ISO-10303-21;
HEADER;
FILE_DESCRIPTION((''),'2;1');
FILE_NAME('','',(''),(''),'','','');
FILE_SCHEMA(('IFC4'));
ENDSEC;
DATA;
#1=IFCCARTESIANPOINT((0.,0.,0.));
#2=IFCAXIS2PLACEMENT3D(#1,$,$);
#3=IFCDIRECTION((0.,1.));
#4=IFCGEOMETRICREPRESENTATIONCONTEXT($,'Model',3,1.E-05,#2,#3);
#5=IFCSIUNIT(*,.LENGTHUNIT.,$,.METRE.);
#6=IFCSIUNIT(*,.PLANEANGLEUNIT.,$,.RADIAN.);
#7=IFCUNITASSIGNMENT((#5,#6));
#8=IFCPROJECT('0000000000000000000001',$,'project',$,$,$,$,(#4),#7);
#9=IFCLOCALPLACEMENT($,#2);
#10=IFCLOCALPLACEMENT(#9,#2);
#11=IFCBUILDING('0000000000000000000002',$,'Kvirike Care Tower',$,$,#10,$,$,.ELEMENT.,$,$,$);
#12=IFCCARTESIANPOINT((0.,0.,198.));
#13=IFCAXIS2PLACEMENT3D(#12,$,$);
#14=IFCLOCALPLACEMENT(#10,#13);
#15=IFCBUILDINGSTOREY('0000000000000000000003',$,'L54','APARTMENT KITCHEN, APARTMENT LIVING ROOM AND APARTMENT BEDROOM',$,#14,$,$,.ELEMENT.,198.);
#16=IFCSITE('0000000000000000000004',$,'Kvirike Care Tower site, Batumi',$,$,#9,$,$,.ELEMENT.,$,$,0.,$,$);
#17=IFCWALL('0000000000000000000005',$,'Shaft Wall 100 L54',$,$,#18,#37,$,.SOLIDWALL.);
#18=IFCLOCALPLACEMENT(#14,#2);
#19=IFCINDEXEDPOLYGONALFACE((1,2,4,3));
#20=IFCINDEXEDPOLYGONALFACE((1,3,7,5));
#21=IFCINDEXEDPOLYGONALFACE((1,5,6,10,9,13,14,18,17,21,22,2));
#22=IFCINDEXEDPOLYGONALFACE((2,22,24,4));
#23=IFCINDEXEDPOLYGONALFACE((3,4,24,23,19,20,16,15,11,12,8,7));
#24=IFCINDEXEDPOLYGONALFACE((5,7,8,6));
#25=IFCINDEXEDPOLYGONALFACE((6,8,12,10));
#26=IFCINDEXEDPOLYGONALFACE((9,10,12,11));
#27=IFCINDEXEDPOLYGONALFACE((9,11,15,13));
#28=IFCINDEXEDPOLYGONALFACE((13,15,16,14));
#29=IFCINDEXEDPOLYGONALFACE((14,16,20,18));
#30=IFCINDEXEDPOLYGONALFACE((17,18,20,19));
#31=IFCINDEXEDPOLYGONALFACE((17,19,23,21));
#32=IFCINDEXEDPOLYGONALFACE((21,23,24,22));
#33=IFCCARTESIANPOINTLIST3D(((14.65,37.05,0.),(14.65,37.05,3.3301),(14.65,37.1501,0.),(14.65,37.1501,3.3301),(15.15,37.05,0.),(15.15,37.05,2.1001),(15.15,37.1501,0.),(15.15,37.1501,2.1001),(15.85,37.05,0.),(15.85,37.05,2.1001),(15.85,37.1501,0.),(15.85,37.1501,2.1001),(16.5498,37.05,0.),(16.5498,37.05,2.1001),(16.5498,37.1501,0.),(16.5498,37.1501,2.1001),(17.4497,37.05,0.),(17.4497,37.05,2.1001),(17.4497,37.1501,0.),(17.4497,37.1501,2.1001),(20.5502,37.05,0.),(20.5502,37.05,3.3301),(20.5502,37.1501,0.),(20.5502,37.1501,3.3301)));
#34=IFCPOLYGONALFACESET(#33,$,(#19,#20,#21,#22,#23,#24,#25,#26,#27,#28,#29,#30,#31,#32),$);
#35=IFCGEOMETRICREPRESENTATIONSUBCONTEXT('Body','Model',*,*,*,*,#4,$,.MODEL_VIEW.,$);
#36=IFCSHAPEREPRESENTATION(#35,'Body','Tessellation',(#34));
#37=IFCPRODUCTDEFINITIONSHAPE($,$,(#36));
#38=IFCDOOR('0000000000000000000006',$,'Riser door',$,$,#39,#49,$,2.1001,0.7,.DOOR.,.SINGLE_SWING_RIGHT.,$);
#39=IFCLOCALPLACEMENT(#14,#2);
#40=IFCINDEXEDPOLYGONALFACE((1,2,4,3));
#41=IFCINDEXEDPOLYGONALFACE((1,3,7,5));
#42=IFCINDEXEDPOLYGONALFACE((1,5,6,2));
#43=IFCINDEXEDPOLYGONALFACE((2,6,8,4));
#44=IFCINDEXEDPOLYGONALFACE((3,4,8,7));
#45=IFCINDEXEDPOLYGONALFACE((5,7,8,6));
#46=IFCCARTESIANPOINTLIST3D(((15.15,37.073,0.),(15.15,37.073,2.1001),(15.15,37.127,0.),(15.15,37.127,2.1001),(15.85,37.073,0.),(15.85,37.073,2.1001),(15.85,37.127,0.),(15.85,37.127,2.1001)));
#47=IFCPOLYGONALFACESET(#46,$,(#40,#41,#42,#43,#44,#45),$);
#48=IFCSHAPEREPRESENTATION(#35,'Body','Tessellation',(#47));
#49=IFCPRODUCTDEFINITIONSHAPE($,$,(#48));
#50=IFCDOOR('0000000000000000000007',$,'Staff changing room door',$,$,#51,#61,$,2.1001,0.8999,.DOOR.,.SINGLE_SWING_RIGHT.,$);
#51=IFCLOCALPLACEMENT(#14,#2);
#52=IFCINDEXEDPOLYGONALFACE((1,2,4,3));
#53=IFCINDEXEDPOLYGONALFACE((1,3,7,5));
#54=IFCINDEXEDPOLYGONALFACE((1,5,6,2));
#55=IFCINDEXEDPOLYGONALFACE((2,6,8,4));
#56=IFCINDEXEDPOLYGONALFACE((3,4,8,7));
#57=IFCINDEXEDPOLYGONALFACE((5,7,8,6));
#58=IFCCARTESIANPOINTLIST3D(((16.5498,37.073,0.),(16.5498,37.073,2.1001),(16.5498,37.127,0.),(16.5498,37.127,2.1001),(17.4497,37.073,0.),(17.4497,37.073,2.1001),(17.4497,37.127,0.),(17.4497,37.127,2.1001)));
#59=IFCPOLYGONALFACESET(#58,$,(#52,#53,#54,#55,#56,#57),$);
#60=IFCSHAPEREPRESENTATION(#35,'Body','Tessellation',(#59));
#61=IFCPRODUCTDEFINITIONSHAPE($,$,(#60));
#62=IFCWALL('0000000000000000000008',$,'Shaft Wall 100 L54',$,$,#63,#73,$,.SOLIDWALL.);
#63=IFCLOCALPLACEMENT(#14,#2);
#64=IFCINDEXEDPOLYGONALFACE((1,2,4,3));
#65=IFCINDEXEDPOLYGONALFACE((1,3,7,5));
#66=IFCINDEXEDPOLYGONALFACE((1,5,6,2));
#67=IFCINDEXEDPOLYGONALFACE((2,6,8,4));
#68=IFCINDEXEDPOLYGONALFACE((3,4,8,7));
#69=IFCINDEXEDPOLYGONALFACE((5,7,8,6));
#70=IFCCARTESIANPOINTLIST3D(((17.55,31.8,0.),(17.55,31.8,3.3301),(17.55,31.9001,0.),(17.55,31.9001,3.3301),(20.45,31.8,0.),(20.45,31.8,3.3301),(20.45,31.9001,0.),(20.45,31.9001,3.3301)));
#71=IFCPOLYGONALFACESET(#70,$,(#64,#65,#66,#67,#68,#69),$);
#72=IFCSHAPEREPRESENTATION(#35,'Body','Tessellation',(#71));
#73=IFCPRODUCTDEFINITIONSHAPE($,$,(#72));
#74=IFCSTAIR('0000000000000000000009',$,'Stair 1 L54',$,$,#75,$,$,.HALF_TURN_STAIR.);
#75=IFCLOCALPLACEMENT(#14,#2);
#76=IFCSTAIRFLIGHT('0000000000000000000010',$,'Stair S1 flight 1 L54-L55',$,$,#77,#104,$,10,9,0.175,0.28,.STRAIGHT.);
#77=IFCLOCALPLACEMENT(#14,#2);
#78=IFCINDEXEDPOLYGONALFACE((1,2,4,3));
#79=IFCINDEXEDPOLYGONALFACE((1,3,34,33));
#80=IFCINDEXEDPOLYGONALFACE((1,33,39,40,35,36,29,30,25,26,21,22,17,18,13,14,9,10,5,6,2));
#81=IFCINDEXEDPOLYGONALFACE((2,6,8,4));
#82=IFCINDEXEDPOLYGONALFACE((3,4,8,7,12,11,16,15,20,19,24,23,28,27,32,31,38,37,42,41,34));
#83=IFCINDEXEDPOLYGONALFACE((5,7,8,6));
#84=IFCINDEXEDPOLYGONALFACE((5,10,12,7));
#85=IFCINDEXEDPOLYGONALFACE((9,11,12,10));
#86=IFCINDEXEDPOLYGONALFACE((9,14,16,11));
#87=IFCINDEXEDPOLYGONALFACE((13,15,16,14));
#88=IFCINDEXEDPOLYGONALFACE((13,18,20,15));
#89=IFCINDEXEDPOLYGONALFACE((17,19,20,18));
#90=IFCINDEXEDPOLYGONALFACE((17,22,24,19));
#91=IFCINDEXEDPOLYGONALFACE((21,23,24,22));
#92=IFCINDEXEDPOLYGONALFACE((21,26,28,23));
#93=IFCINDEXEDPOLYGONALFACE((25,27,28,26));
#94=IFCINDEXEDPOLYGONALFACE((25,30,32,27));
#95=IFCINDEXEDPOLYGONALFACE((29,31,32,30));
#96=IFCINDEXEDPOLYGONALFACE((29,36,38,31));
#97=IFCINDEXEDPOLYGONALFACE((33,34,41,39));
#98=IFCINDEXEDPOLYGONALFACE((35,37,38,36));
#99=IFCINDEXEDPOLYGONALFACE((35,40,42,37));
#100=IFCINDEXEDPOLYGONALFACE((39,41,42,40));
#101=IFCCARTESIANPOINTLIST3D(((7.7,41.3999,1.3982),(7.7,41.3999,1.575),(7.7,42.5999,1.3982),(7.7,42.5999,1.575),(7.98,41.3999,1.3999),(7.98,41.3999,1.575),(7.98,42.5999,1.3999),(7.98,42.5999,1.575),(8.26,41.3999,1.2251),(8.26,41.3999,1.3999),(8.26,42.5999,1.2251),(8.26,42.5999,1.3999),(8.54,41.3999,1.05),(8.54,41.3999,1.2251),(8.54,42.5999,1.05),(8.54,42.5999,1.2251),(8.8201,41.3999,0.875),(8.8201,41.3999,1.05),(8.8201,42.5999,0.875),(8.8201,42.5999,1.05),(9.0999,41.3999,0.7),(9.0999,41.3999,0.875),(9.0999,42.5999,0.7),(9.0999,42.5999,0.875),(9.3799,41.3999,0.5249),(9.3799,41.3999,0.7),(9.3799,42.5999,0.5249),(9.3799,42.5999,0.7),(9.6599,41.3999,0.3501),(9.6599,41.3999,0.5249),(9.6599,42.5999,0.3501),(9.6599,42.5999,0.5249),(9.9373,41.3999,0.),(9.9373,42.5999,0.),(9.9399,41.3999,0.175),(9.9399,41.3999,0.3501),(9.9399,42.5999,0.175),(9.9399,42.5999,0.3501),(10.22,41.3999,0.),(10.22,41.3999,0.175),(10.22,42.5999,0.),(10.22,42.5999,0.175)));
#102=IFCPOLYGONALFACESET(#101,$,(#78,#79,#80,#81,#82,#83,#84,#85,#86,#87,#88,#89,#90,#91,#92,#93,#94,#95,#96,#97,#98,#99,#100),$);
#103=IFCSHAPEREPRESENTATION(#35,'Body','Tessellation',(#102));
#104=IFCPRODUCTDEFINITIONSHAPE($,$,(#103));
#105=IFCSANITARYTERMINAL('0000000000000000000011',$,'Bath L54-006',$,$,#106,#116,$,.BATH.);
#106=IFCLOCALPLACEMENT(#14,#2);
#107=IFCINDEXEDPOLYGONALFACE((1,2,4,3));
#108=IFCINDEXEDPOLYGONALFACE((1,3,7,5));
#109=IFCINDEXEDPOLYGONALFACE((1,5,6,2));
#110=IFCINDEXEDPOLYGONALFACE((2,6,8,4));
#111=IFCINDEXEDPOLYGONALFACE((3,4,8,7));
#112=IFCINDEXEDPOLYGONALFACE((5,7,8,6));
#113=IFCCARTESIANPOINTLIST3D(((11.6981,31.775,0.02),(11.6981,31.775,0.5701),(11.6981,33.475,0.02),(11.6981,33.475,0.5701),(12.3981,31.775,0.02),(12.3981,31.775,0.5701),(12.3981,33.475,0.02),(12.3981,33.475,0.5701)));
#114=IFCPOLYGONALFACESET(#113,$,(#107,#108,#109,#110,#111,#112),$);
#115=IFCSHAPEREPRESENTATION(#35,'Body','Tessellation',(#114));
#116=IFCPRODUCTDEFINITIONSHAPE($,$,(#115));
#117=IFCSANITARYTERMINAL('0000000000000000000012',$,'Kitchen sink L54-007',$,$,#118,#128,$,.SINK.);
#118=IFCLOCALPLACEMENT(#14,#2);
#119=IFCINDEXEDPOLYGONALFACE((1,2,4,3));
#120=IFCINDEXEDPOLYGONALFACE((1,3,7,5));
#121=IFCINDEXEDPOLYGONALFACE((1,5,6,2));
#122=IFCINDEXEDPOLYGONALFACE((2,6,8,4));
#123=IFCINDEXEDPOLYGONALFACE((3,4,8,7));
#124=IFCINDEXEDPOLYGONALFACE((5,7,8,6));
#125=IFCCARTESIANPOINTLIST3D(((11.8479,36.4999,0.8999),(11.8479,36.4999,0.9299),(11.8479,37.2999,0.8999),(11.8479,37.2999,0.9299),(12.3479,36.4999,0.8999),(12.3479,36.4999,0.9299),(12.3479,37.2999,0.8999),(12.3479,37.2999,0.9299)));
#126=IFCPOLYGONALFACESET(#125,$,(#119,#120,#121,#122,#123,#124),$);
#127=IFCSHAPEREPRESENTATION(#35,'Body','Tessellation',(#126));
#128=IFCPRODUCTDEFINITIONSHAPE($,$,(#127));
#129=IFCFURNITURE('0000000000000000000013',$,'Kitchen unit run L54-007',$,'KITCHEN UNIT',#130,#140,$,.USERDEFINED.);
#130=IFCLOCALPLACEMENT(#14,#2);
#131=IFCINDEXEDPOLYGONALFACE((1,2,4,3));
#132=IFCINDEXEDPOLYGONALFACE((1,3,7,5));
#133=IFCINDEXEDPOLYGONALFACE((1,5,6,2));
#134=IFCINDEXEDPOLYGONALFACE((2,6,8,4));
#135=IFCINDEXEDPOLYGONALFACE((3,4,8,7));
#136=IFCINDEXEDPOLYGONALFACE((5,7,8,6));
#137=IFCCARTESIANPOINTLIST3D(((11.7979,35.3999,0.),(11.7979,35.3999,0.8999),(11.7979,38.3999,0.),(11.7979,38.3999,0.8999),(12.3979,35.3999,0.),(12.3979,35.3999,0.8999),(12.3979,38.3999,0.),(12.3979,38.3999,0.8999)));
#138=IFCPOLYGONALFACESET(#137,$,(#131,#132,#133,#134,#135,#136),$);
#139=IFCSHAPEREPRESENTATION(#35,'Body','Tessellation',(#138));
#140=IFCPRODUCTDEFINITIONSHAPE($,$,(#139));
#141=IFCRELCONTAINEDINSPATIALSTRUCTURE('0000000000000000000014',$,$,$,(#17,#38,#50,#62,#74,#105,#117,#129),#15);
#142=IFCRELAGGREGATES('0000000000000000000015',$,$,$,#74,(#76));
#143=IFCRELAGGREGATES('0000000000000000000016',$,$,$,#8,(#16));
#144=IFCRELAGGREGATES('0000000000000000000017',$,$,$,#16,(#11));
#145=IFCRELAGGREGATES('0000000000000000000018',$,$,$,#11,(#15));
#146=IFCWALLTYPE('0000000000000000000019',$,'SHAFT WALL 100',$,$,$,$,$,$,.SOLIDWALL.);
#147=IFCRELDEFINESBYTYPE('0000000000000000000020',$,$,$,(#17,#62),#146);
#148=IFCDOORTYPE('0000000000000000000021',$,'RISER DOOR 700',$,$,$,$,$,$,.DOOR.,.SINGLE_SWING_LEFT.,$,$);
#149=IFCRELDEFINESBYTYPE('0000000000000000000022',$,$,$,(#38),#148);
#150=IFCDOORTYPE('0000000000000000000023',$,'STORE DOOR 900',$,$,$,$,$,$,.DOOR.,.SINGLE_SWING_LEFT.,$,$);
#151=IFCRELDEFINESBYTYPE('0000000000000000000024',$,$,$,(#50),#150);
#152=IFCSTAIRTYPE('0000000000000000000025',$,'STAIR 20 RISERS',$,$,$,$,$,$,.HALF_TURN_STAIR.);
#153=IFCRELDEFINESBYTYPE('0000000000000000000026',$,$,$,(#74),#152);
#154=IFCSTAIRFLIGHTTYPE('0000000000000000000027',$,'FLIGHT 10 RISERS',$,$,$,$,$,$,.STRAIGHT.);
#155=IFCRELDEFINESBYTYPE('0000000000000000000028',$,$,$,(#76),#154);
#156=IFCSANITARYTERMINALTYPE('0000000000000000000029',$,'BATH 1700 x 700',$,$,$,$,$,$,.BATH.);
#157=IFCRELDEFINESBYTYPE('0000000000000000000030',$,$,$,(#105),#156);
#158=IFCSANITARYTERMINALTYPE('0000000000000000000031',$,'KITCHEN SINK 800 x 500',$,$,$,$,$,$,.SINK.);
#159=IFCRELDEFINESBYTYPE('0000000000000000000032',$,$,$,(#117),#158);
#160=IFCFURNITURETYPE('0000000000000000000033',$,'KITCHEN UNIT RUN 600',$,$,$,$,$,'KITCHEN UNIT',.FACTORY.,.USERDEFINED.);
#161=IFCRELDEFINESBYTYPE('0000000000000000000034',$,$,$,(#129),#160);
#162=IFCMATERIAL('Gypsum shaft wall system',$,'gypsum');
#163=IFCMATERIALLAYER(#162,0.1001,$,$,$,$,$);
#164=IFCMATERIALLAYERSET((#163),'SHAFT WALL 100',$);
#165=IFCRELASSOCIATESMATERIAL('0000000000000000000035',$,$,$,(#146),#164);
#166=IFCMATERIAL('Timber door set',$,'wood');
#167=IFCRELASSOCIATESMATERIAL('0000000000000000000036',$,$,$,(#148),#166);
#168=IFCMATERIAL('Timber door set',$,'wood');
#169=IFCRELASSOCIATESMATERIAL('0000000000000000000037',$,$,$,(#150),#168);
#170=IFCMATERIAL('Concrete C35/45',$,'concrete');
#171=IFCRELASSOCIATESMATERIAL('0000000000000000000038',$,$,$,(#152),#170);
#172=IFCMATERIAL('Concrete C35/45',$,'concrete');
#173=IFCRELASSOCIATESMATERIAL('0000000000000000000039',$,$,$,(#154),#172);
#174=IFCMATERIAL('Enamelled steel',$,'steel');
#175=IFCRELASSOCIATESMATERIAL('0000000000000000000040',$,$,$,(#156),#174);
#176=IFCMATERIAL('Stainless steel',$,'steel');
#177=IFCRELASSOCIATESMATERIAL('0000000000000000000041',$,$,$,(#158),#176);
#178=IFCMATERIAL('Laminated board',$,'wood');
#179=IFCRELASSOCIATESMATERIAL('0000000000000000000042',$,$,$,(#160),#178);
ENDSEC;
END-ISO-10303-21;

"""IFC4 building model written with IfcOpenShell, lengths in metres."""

from ifc_helpers import new_model, si_unit, direction, frame, frame_2d, origin, origin_2d, place, context, subcontext, project, spatial, polyline, rectangle, outline, extrude, material, layer, layer_set, type_object, element, fill, aggregate, save


model = new_model("IFC4")

# Units and contexts
model_context = context("Model", 3, precision=1e-05, world=origin(), true_north=direction((0.0, 1.0)))
body_context = subcontext(model_context, "Body", "Model", "MODEL_VIEW")
ifc_project = project(units=[si_unit("LENGTHUNIT", "METRE"), si_unit("PLANEANGLEUNIT", "RADIAN")], contexts=[model_context])

# Site, building, storey
site_placement = place(None, origin())
site = spatial("IfcSite", under=ifc_project, at=site_placement, Name="Kvirike Care Tower site, Batumi", CompositionType="ELEMENT", RefElevation=0.0)
building_placement = place(site_placement, origin())
building = spatial("IfcBuilding", under=site, at=building_placement, Name="Kvirike Care Tower", CompositionType="ELEMENT")
storey_placement = place(building_placement, frame((0.0, 0.0, 198.0)))
storey = spatial("IfcBuildingStorey", under=building, at=storey_placement, Name="L54", Description="APARTMENT KITCHEN, APARTMENT LIVING ROOM AND APARTMENT BEDROOM", CompositionType="ELEMENT", Elevation=198.0)

# Shared definitions
ifc_material_1 = material(Name="Gypsum shaft wall system", Category="gypsum")
ifc_layer_1 = layer(ifc_material_1, 0.1001)
ifc_layer_set_1 = layer_set([ifc_layer_1], Name="SHAFT WALL 100")
wall_type_1 = type_object("IfcWallType", Name="SHAFT WALL 100", PredefinedType="SOLIDWALL", material=ifc_layer_set_1)

# Shared definitions
ifc_material_2 = material(Name="Timber door set", Category="wood")
door_type_1 = type_object("IfcDoorType", Name="RISER DOOR 700", OperationType="SINGLE_SWING_LEFT", PredefinedType="DOOR", material=ifc_material_2)

# Wall, openings, doors
wall_1_placement = place(storey_placement, frame((14.6499, 37.1001, 0.0), z_axis=(0.0, 0.0, 1.0), x_axis=(1.0, 0.0, 0.0)))
wall_1 = element("IfcWall", 1, at=wall_1_placement, inside=storey, type_object=wall_type_1, Name="Shaft Wall 100 L54", PredefinedType="SOLIDWALL", context=body_context, shape_type="SweptSolid", body=[
    extrude(rectangle(XDim=5.9001, YDim=0.1001, at=frame_2d((2.9502, 0.0))), origin(), (0.0, 0.0, 1.0), 3.3301),
])
opening_1_placement = place(wall_1_placement, frame((0.5, 0.0, 0.0)))
opening_1 = element("IfcOpeningElement", 2, at=opening_1_placement, cuts=wall_1, PredefinedType="OPENING", context=body_context, shape_type="SweptSolid", body=[
    extrude(rectangle(XDim=0.7, YDim=2.1001, at=frame_2d((0.3501, 1.05))), frame((0.0, 0.0605, 0.0), z_axis=(0.0, -1.0, 0.0), x_axis=(1.0, 0.0, 0.0)), (0.0, 0.0, 1.0), 0.1211),
])
opening_2_placement = place(wall_1_placement, frame((1.8999, 0.0, 0.0)))
opening_2 = element("IfcOpeningElement", 3, at=opening_2_placement, cuts=wall_1, PredefinedType="OPENING", context=body_context, shape_type="SweptSolid", body=[
    extrude(rectangle(XDim=0.8999, YDim=2.1001, at=frame_2d((0.45, 1.05))), frame((0.0, 0.0605, 0.0), z_axis=(0.0, -1.0, 0.0), x_axis=(1.0, 0.0, 0.0)), (0.0, 0.0, 1.0), 0.1211),
])
door_1_placement = place(opening_1_placement, origin())
door_1 = element("IfcDoor", 4, at=door_1_placement, inside=storey, type_object=door_type_1, Name="Riser door", OperationType="SINGLE_SWING_RIGHT", OverallHeight=2.1001, OverallWidth=0.7, PredefinedType="DOOR", context=body_context, shape_type="SweptSolid", body=[
    extrude(rectangle(XDim=0.7, YDim=2.1001, at=frame_2d((0.3501, 1.05))), frame((0.0, 0.0269, 0.0), z_axis=(0.0, -1.0, 0.0), x_axis=(1.0, 0.0, 0.0)), (0.0, 0.0, 1.0), 0.054),
])
fill(opening_1, door_1)
ifc_material_3 = material(Name="Timber door set", Category="wood")
door_type_2 = type_object("IfcDoorType", Name="STORE DOOR 900", OperationType="SINGLE_SWING_LEFT", PredefinedType="DOOR", material=ifc_material_3)
door_2_placement = place(opening_2_placement, origin())
door_2 = element("IfcDoor", 5, at=door_2_placement, inside=storey, type_object=door_type_2, Name="Staff changing room door", OperationType="SINGLE_SWING_RIGHT", OverallHeight=2.1001, OverallWidth=0.8999, PredefinedType="DOOR", context=body_context, shape_type="SweptSolid", body=[
    extrude(rectangle(XDim=0.8999, YDim=2.1001, at=frame_2d((0.45, 1.05))), frame((0.0, 0.0269, 0.0), z_axis=(0.0, -1.0, 0.0), x_axis=(1.0, 0.0, 0.0)), (0.0, 0.0, 1.0), 0.054),
])
fill(opening_2, door_2)

# Wall
wall_2_placement = place(storey_placement, frame((17.55, 31.8501, 0.0), z_axis=(0.0, 0.0, 1.0), x_axis=(1.0, 0.0, 0.0)))
element("IfcWall", 6, at=wall_2_placement, inside=storey, type_object=wall_type_1, Name="Shaft Wall 100 L54", PredefinedType="SOLIDWALL", context=body_context, shape_type="SweptSolid", body=[
    extrude(rectangle(XDim=2.8999, YDim=0.1001, at=frame_2d((1.45, 0.0))), origin(), (0.0, 0.0, 1.0), 3.3301),
])

# Stair, stair flight
ifc_material_4 = material(Name="Concrete C35/45", Category="concrete")
stair_type = type_object("IfcStairType", Name="STAIR 20 RISERS", PredefinedType="HALF_TURN_STAIR", material=ifc_material_4)
stair_placement = place(storey_placement, origin())
stair = element("IfcStair", 7, at=stair_placement, inside=storey, type_object=stair_type, Name="Stair 1 L54", PredefinedType="HALF_TURN_STAIR")
ifc_material_5 = material(Name="Concrete C35/45", Category="concrete")
stair_flight_type = type_object("IfcStairFlightType", Name="FLIGHT 10 RISERS", PredefinedType="STRAIGHT", material=ifc_material_5)
stair_flight_placement = place(storey_placement, frame((10.22, 42.0, 0.0), z_axis=(0.0, 0.0, 1.0), x_axis=(-1.0, 0.0, 0.0)))
stair_flight = element("IfcStairFlight", 8, at=stair_flight_placement, type_object=stair_flight_type, Name="Stair S1 flight 1 L54-L55", NumberOfRisers=10, NumberOfTreads=9, PredefinedType="STRAIGHT", RiserHeight=0.175, TreadLength=0.28, context=body_context, shape_type="SweptSolid", body=[
    extrude(outline(polyline([(0.0, 0.0), (0.0, 0.175), (0.28, 0.175), (0.28, 0.3501), (0.5601, 0.3501), (0.5601, 0.5249), (0.8401, 0.5249), (0.8401, 0.7), (1.1201, 0.7), (1.1201, 0.875), (1.3999, 0.875), (1.3999, 1.05), (1.6799, 1.05), (1.6799, 1.2251), (1.96, 1.2251), (1.96, 1.3999), (2.24, 1.3999), (2.24, 1.575), (2.52, 1.575), (2.52, 1.75), (2.52, 1.3982), (0.2827, 0.0), (0.0, 0.0)])), frame((0.0, 0.6001, 0.0), z_axis=(0.0, -1.0, 0.0), x_axis=(1.0, 0.0, 0.0)), (0.0, 0.0, 1.0), 1.2),
])
aggregate(stair, [stair_flight])

# Sanitary terminals
ifc_material_6 = material(Name="Enamelled steel", Category="steel")
sanitary_terminal_type_1 = type_object("IfcSanitaryTerminalType", Name="BATH 1700 x 700", PredefinedType="BATH", material=ifc_material_6)
sanitary_terminal_1_placement = place(storey_placement, frame((12.0481, 32.625, 0.02), z_axis=(0.0, 0.0, 1.0), x_axis=(0.0, -1.0, 0.0)))
element("IfcSanitaryTerminal", 9, at=sanitary_terminal_1_placement, inside=storey, type_object=sanitary_terminal_type_1, Name="Bath L54-006", PredefinedType="BATH", context=body_context, shape_type="SweptSolid", body=[
    extrude(rectangle(XDim=1.7, YDim=0.7, at=origin_2d()), origin(), (0.0, 0.0, 1.0), 0.55),
])
ifc_material_7 = material(Name="Stainless steel", Category="steel")
sanitary_terminal_type_2 = type_object("IfcSanitaryTerminalType", Name="KITCHEN SINK 800 x 500", PredefinedType="SINK", material=ifc_material_7)
sanitary_terminal_2_placement = place(storey_placement, frame((12.0979, 36.8999, 0.8999), z_axis=(0.0, 0.0, 1.0), x_axis=(0.0, -1.0, 0.0)))
element("IfcSanitaryTerminal", 10, at=sanitary_terminal_2_placement, inside=storey, type_object=sanitary_terminal_type_2, Name="Kitchen sink L54-007", PredefinedType="SINK", context=body_context, shape_type="SweptSolid", body=[
    extrude(rectangle(XDim=0.8, YDim=0.5, at=origin_2d()), origin(), (0.0, 0.0, 1.0), 0.03),
])

# Furniture
ifc_material_8 = material(Name="Laminated board", Category="wood")
furniture_type = type_object("IfcFurnitureType", Name="KITCHEN UNIT RUN 600", ElementType="KITCHEN UNIT", AssemblyPlace="FACTORY", PredefinedType="USERDEFINED", material=ifc_material_8)
furniture_placement = place(storey_placement, frame((12.0979, 36.8999, 0.0), z_axis=(0.0, 0.0, 1.0), x_axis=(0.0, -1.0, 0.0)))
element("IfcFurniture", 11, at=furniture_placement, inside=storey, type_object=furniture_type, Name="Kitchen unit run L54-007", ObjectType="KITCHEN UNIT", PredefinedType="USERDEFINED", context=body_context, shape_type="SweptSolid", body=[
    extrude(rectangle(XDim=3.0, YDim=0.6001, at=origin_2d()), origin(), (0.0, 0.0, 1.0), 0.8999),
])

save(model, "model.ifc")
